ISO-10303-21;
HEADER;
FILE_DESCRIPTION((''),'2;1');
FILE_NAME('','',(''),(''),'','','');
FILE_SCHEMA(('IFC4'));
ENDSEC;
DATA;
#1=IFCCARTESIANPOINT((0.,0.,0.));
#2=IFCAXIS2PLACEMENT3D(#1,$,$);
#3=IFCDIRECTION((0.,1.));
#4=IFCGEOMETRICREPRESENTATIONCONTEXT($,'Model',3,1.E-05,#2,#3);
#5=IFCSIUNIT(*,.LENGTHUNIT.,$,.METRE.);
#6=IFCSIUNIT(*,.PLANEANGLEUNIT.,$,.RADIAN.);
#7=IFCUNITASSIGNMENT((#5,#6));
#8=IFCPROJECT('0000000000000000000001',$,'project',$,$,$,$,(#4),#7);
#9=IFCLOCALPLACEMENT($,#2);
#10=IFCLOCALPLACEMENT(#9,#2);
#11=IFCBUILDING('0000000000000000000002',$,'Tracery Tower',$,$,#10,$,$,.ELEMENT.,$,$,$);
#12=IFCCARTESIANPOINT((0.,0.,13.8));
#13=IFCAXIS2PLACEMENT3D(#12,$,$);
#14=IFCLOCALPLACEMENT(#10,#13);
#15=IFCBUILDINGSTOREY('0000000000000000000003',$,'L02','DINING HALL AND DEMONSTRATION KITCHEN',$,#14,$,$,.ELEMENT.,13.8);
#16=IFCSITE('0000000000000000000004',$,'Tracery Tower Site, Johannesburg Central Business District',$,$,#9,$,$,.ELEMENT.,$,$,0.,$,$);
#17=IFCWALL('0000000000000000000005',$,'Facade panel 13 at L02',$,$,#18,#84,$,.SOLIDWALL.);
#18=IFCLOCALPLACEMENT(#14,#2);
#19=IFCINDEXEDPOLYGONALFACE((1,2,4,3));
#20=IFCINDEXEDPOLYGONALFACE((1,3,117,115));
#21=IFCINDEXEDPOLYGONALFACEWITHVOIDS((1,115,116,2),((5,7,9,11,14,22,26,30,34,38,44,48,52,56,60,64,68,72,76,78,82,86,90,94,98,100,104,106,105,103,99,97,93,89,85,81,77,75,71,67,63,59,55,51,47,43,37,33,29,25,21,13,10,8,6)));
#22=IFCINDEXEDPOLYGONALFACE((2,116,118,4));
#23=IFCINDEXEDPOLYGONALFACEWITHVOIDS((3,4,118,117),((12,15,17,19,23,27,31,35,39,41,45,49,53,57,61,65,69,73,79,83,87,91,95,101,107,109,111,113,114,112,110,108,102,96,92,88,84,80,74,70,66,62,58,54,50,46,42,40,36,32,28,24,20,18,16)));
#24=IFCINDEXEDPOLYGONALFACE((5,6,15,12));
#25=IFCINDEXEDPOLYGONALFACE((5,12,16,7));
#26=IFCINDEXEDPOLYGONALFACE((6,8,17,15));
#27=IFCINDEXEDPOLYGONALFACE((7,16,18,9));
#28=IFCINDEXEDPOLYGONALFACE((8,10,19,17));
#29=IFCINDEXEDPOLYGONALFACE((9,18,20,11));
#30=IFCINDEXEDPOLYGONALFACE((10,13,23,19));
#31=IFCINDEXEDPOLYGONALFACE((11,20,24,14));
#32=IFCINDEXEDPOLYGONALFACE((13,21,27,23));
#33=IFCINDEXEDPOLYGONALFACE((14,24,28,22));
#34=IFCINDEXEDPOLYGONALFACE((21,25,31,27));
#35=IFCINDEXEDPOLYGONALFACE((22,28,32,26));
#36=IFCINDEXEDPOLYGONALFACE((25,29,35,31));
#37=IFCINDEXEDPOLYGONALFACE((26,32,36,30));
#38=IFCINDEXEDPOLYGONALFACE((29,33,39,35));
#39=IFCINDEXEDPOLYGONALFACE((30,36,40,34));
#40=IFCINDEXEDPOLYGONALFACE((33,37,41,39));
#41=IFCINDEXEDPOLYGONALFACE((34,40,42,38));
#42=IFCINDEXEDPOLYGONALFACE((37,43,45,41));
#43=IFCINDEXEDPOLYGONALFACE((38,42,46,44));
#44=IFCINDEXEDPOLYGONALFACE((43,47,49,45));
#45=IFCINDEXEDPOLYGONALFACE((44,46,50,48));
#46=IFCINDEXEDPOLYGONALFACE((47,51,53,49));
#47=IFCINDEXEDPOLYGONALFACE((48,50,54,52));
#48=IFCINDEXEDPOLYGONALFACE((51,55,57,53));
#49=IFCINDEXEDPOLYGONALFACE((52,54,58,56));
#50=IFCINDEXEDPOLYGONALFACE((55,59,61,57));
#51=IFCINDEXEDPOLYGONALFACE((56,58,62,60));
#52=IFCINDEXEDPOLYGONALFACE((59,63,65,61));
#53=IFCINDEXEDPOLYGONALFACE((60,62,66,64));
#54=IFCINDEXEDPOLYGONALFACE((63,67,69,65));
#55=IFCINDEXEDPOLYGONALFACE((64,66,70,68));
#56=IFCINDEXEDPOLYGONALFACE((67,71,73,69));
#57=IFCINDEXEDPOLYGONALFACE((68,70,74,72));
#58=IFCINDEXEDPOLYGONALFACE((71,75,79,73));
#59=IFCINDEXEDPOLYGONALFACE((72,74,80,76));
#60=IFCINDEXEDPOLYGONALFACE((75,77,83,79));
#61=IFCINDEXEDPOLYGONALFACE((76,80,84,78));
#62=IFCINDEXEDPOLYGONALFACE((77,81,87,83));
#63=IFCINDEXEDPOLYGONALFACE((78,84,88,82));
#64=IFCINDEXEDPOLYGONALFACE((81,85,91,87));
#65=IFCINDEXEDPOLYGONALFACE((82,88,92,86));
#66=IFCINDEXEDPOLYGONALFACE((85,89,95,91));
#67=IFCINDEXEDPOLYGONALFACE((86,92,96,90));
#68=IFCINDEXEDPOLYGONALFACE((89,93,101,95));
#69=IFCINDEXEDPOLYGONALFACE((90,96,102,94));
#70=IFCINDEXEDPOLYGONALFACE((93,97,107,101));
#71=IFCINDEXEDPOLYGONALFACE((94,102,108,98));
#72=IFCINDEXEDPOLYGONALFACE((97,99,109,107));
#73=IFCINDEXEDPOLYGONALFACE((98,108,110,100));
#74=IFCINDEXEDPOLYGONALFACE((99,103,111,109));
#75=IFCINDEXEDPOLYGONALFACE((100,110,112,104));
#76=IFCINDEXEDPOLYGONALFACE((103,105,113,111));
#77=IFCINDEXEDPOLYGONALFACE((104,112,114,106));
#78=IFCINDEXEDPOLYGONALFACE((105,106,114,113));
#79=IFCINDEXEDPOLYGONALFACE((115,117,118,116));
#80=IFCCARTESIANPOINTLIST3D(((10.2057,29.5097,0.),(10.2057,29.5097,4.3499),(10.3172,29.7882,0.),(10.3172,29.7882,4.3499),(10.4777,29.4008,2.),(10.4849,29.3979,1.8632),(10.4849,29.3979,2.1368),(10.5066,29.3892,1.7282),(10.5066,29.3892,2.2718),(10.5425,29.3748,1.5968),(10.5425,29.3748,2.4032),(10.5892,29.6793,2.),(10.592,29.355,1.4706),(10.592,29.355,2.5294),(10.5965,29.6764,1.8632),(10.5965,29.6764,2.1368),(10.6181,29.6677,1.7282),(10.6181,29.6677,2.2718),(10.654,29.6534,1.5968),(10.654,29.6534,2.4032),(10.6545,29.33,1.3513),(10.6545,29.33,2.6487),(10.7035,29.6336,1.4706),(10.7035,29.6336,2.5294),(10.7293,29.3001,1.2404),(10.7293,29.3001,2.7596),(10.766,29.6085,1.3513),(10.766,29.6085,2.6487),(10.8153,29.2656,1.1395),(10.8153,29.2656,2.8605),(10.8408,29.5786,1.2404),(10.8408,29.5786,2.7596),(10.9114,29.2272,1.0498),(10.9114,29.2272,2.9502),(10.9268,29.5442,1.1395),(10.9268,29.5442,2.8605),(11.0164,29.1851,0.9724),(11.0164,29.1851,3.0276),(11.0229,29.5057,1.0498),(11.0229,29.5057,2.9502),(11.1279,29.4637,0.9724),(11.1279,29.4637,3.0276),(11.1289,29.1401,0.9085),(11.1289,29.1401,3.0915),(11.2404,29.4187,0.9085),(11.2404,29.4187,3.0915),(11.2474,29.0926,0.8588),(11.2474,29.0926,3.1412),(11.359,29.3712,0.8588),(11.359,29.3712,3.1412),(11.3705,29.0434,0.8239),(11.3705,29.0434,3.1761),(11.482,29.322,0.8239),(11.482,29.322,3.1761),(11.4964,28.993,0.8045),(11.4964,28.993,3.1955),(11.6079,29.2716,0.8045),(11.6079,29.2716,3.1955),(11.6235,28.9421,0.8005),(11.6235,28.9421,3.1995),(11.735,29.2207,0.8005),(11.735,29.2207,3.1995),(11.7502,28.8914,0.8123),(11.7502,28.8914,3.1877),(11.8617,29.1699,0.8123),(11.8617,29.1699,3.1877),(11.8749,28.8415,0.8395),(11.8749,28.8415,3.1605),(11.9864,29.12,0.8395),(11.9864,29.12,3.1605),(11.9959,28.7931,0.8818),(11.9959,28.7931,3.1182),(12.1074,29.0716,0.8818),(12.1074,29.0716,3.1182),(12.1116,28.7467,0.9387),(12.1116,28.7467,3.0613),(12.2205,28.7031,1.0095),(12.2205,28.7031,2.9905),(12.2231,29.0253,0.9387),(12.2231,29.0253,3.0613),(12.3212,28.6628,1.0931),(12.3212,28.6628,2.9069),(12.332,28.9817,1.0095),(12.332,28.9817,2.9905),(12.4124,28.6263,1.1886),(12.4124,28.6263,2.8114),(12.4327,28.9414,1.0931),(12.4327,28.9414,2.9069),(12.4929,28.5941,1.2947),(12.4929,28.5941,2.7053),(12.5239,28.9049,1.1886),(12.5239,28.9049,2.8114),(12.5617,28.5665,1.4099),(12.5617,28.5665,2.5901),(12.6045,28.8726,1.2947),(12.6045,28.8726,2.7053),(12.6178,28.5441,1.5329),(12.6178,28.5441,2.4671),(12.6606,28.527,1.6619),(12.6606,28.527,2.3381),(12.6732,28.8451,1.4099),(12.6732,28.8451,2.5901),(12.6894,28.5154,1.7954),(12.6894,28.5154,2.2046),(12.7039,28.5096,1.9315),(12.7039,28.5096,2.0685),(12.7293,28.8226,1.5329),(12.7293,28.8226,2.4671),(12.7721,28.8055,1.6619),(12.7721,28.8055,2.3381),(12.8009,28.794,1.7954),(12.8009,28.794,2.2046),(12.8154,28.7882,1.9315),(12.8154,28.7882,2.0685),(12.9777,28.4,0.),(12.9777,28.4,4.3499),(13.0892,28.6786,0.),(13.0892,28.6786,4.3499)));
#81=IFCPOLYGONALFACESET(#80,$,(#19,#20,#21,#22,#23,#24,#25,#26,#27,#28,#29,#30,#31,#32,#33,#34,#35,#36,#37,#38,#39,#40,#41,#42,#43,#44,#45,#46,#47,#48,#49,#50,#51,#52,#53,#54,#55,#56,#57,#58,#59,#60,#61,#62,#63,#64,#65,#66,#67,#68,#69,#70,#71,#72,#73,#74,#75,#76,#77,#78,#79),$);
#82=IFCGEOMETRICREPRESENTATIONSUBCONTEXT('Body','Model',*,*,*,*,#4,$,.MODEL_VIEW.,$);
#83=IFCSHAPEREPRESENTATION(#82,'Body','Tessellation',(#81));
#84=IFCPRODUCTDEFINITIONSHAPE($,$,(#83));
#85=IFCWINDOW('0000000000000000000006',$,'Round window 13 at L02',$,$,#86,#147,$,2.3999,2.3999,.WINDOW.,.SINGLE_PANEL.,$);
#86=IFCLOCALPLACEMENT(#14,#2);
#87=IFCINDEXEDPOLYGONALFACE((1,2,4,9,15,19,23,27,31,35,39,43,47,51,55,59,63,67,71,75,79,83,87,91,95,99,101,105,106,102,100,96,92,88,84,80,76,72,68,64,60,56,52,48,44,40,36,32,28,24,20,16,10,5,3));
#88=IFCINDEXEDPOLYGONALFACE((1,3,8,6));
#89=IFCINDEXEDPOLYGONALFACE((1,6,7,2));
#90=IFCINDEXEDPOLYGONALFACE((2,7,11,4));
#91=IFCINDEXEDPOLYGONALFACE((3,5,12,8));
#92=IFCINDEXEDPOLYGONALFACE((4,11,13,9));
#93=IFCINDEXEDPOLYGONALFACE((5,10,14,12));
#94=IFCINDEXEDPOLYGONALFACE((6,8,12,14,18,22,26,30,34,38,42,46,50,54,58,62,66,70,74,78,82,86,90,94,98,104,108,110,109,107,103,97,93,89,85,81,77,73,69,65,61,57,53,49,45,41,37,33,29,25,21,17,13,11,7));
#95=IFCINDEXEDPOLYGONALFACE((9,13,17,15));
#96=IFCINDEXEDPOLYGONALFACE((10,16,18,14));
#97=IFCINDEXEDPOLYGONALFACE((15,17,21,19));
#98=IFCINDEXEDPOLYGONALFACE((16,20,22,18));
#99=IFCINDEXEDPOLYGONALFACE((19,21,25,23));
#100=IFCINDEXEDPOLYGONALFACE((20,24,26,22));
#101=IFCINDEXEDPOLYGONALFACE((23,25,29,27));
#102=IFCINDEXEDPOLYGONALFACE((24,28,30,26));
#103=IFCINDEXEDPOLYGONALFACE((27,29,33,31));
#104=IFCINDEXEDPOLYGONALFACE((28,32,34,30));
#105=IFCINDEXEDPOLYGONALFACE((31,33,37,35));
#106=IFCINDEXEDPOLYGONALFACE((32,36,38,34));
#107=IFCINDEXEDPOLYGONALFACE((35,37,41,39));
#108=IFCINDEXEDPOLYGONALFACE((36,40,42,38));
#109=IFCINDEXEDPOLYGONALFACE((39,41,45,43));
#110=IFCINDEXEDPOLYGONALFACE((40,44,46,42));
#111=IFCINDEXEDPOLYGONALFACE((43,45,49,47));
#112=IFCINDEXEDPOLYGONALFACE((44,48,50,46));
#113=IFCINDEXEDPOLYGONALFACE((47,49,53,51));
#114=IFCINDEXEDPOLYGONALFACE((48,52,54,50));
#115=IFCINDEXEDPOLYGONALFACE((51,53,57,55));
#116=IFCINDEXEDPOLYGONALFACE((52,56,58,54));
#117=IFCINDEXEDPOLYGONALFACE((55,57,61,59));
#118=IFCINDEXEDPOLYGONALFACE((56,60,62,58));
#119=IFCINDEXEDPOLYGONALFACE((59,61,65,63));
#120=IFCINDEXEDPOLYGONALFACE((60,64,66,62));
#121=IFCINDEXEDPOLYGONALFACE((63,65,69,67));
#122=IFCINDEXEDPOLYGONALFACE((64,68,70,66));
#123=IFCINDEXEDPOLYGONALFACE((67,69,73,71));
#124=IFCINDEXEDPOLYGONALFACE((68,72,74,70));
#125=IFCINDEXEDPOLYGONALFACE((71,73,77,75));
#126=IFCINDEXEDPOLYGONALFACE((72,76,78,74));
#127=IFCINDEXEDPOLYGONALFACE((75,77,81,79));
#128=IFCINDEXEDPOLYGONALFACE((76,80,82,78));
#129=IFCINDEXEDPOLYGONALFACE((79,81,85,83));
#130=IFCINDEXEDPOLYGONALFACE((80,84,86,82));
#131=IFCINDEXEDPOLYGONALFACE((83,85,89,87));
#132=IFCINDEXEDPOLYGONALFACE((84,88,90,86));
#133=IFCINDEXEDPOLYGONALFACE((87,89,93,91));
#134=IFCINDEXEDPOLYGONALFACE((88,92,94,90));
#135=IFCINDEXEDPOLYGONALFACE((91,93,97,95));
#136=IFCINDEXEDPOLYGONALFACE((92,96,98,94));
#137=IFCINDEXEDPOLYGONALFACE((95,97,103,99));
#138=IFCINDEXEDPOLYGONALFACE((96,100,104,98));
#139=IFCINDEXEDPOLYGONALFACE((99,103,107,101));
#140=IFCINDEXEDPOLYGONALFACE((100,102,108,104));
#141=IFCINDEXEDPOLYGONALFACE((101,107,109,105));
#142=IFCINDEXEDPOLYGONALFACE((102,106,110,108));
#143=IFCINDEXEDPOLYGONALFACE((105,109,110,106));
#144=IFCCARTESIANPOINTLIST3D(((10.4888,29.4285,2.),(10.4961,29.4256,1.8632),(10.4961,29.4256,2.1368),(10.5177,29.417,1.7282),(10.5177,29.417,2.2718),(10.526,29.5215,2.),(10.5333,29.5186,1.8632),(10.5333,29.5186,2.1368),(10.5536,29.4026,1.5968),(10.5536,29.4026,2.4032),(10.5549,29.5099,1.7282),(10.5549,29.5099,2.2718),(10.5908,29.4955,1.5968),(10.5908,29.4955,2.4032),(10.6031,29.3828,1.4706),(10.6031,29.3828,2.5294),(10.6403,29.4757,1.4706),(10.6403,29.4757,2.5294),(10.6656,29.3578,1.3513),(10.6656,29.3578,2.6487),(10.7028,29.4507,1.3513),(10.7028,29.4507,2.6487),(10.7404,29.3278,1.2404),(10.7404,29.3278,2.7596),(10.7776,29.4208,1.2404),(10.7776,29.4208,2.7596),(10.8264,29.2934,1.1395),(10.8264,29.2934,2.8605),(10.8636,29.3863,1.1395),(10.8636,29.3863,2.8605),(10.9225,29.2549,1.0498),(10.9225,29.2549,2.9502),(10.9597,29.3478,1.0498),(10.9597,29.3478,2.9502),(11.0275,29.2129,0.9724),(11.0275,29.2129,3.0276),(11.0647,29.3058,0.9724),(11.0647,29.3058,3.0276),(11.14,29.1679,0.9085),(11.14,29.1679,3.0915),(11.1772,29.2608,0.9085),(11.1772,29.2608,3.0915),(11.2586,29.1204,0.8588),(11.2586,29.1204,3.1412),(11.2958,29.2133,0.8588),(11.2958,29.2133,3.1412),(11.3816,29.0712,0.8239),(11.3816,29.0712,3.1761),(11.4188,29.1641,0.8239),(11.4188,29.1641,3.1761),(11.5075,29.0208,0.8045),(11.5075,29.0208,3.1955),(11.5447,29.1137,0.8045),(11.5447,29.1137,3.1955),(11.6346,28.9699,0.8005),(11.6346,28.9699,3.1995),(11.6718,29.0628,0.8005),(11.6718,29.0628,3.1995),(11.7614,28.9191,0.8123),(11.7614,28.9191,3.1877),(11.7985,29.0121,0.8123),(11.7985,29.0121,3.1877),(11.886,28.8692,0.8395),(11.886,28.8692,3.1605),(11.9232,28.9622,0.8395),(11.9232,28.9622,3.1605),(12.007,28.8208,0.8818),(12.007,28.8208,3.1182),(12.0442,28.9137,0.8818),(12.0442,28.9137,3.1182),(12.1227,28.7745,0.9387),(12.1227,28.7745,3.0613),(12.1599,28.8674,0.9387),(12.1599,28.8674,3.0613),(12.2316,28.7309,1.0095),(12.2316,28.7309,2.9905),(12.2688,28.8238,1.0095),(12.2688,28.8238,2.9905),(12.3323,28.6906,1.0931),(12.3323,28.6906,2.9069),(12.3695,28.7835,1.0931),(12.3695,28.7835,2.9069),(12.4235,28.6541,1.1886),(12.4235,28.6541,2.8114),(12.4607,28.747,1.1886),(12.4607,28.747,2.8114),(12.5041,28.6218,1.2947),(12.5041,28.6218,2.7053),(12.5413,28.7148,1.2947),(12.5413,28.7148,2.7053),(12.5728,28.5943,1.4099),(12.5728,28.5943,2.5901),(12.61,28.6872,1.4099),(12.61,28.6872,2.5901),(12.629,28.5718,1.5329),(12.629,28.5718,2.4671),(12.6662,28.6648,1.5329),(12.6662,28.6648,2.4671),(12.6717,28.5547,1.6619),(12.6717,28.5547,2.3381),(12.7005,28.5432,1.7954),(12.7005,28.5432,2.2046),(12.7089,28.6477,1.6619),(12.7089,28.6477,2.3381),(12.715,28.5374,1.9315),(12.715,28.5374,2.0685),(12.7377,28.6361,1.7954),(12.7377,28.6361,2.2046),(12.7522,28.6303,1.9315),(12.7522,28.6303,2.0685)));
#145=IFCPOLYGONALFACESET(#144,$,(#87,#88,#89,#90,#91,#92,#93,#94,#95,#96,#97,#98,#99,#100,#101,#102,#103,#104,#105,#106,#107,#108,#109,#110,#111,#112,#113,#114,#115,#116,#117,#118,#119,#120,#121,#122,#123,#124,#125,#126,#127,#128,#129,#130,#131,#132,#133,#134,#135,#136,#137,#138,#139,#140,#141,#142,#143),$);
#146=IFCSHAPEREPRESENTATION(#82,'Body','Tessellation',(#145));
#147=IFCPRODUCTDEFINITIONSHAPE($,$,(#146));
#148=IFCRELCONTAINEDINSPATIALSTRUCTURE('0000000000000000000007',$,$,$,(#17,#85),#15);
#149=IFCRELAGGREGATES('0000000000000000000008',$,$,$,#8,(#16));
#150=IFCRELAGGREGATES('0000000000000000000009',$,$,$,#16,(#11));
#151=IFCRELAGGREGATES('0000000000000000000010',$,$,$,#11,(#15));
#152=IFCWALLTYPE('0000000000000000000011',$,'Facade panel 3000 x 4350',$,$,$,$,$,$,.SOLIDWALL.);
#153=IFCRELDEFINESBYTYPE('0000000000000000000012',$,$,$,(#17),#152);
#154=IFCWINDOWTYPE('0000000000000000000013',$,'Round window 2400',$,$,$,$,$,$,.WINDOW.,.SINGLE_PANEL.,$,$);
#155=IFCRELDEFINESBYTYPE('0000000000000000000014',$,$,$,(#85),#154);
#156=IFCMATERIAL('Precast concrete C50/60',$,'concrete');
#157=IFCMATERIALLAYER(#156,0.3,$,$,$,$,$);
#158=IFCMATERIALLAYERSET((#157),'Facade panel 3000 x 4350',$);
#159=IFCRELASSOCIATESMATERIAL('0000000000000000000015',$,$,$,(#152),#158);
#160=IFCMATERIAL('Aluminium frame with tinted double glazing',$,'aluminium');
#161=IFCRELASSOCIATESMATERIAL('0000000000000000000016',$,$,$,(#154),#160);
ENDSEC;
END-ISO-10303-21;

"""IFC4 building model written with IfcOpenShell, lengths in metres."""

from ifc_helpers import new_model, si_unit, direction, frame, frame_2d, origin, origin_2d, place, context, subcontext, project, spatial, rectangle, circle, extrude, material, layer, layer_set, type_object, element, fill, save


model = new_model("IFC4")

# Units and contexts
model_context = context("Model", 3, precision=1e-05, world=origin(), true_north=direction((0.0, 1.0)))
body_context = subcontext(model_context, "Body", "Model", "MODEL_VIEW")
ifc_project = project(units=[si_unit("LENGTHUNIT", "METRE"), si_unit("PLANEANGLEUNIT", "RADIAN")], contexts=[model_context])

# Site, building, storey
site_placement = place(None, origin())
site = spatial("IfcSite", under=ifc_project, at=site_placement, Name="Tracery Tower Site, Johannesburg Central Business District", CompositionType="ELEMENT", RefElevation=0.0)
building_placement = place(site_placement, origin())
building = spatial("IfcBuilding", under=site, at=building_placement, Name="Tracery Tower", CompositionType="ELEMENT")
storey_placement = place(building_placement, frame((0.0, 0.0, 13.8)))
storey = spatial("IfcBuildingStorey", under=building, at=storey_placement, Name="L02", Description="DINING HALL AND DEMONSTRATION KITCHEN", CompositionType="ELEMENT", Elevation=13.8)

# Wall, opening, window
ifc_material_1 = material(Name="Precast concrete C50/60", Category="concrete")
ifc_layer_1 = layer(ifc_material_1, 0.3)
ifc_layer_set_1 = layer_set([ifc_layer_1], Name="Facade panel 3000 x 4350")
wall_type_1 = type_object("IfcWallType", Name="Facade panel 3000 x 4350", PredefinedType="SOLIDWALL", material=ifc_layer_set_1)
ifc_material_2 = material(Name="Aluminium frame with tinted double glazing", Category="aluminium")
window_type = type_object("IfcWindowType", Name="Round window 2400", PartitioningType="SINGLE_PANEL", PredefinedType="WINDOW", material=ifc_material_2)
wall_1_placement = place(storey_placement, frame((13.0334, 28.5393, 0.0), z_axis=(0.0, 0.0, 1.0), x_axis=(-0.928381, 0.37163, 0.0)))
wall_1 = element("IfcWall", 1, at=wall_1_placement, inside=storey, type_object=wall_type_1, Name="Facade panel 13 at L02", PredefinedType="SOLIDWALL", context=body_context, shape_type="SweptSolid", body=[
    extrude(rectangle(XDim=2.9858, YDim=0.3, at=frame_2d((1.4929, 0.0))), origin(), (0.0, 0.0, 1.0), 4.3499),
])
opening_1_placement = place(wall_1_placement, frame((1.4929, 0.0, 2.0)))
opening_1 = element("IfcOpeningElement", 2, at=opening_1_placement, cuts=wall_1, PredefinedType="OPENING", context=body_context, shape_type="SweptSolid", body=[
    extrude(circle(Radius=1.2, at=origin_2d()), frame((0.0, 0.1599, 0.0), z_axis=(0.0, -1.0, 0.0), x_axis=(1.0, 0.0, 0.0)), (0.0, 0.0, 1.0), 0.3201),
])
window_1_placement = place(opening_1_placement, origin())
window_1 = element("IfcWindow", 3, at=window_1_placement, inside=storey, type_object=window_type, Name="Round window 13 at L02", OverallHeight=2.3999, OverallWidth=2.3999, PartitioningType="SINGLE_PANEL", PredefinedType="WINDOW", context=body_context, shape_type="SweptSolid", body=[
    extrude(circle(Radius=1.2, at=origin_2d()), frame((0.0, 0.1201, 0.0), z_axis=(0.0, -1.0, 0.0), x_axis=(1.0, 0.0, 0.0)), (0.0, 0.0, 1.0), 0.1001),
])
fill(opening_1, window_1)

save(model, "model.ifc")
